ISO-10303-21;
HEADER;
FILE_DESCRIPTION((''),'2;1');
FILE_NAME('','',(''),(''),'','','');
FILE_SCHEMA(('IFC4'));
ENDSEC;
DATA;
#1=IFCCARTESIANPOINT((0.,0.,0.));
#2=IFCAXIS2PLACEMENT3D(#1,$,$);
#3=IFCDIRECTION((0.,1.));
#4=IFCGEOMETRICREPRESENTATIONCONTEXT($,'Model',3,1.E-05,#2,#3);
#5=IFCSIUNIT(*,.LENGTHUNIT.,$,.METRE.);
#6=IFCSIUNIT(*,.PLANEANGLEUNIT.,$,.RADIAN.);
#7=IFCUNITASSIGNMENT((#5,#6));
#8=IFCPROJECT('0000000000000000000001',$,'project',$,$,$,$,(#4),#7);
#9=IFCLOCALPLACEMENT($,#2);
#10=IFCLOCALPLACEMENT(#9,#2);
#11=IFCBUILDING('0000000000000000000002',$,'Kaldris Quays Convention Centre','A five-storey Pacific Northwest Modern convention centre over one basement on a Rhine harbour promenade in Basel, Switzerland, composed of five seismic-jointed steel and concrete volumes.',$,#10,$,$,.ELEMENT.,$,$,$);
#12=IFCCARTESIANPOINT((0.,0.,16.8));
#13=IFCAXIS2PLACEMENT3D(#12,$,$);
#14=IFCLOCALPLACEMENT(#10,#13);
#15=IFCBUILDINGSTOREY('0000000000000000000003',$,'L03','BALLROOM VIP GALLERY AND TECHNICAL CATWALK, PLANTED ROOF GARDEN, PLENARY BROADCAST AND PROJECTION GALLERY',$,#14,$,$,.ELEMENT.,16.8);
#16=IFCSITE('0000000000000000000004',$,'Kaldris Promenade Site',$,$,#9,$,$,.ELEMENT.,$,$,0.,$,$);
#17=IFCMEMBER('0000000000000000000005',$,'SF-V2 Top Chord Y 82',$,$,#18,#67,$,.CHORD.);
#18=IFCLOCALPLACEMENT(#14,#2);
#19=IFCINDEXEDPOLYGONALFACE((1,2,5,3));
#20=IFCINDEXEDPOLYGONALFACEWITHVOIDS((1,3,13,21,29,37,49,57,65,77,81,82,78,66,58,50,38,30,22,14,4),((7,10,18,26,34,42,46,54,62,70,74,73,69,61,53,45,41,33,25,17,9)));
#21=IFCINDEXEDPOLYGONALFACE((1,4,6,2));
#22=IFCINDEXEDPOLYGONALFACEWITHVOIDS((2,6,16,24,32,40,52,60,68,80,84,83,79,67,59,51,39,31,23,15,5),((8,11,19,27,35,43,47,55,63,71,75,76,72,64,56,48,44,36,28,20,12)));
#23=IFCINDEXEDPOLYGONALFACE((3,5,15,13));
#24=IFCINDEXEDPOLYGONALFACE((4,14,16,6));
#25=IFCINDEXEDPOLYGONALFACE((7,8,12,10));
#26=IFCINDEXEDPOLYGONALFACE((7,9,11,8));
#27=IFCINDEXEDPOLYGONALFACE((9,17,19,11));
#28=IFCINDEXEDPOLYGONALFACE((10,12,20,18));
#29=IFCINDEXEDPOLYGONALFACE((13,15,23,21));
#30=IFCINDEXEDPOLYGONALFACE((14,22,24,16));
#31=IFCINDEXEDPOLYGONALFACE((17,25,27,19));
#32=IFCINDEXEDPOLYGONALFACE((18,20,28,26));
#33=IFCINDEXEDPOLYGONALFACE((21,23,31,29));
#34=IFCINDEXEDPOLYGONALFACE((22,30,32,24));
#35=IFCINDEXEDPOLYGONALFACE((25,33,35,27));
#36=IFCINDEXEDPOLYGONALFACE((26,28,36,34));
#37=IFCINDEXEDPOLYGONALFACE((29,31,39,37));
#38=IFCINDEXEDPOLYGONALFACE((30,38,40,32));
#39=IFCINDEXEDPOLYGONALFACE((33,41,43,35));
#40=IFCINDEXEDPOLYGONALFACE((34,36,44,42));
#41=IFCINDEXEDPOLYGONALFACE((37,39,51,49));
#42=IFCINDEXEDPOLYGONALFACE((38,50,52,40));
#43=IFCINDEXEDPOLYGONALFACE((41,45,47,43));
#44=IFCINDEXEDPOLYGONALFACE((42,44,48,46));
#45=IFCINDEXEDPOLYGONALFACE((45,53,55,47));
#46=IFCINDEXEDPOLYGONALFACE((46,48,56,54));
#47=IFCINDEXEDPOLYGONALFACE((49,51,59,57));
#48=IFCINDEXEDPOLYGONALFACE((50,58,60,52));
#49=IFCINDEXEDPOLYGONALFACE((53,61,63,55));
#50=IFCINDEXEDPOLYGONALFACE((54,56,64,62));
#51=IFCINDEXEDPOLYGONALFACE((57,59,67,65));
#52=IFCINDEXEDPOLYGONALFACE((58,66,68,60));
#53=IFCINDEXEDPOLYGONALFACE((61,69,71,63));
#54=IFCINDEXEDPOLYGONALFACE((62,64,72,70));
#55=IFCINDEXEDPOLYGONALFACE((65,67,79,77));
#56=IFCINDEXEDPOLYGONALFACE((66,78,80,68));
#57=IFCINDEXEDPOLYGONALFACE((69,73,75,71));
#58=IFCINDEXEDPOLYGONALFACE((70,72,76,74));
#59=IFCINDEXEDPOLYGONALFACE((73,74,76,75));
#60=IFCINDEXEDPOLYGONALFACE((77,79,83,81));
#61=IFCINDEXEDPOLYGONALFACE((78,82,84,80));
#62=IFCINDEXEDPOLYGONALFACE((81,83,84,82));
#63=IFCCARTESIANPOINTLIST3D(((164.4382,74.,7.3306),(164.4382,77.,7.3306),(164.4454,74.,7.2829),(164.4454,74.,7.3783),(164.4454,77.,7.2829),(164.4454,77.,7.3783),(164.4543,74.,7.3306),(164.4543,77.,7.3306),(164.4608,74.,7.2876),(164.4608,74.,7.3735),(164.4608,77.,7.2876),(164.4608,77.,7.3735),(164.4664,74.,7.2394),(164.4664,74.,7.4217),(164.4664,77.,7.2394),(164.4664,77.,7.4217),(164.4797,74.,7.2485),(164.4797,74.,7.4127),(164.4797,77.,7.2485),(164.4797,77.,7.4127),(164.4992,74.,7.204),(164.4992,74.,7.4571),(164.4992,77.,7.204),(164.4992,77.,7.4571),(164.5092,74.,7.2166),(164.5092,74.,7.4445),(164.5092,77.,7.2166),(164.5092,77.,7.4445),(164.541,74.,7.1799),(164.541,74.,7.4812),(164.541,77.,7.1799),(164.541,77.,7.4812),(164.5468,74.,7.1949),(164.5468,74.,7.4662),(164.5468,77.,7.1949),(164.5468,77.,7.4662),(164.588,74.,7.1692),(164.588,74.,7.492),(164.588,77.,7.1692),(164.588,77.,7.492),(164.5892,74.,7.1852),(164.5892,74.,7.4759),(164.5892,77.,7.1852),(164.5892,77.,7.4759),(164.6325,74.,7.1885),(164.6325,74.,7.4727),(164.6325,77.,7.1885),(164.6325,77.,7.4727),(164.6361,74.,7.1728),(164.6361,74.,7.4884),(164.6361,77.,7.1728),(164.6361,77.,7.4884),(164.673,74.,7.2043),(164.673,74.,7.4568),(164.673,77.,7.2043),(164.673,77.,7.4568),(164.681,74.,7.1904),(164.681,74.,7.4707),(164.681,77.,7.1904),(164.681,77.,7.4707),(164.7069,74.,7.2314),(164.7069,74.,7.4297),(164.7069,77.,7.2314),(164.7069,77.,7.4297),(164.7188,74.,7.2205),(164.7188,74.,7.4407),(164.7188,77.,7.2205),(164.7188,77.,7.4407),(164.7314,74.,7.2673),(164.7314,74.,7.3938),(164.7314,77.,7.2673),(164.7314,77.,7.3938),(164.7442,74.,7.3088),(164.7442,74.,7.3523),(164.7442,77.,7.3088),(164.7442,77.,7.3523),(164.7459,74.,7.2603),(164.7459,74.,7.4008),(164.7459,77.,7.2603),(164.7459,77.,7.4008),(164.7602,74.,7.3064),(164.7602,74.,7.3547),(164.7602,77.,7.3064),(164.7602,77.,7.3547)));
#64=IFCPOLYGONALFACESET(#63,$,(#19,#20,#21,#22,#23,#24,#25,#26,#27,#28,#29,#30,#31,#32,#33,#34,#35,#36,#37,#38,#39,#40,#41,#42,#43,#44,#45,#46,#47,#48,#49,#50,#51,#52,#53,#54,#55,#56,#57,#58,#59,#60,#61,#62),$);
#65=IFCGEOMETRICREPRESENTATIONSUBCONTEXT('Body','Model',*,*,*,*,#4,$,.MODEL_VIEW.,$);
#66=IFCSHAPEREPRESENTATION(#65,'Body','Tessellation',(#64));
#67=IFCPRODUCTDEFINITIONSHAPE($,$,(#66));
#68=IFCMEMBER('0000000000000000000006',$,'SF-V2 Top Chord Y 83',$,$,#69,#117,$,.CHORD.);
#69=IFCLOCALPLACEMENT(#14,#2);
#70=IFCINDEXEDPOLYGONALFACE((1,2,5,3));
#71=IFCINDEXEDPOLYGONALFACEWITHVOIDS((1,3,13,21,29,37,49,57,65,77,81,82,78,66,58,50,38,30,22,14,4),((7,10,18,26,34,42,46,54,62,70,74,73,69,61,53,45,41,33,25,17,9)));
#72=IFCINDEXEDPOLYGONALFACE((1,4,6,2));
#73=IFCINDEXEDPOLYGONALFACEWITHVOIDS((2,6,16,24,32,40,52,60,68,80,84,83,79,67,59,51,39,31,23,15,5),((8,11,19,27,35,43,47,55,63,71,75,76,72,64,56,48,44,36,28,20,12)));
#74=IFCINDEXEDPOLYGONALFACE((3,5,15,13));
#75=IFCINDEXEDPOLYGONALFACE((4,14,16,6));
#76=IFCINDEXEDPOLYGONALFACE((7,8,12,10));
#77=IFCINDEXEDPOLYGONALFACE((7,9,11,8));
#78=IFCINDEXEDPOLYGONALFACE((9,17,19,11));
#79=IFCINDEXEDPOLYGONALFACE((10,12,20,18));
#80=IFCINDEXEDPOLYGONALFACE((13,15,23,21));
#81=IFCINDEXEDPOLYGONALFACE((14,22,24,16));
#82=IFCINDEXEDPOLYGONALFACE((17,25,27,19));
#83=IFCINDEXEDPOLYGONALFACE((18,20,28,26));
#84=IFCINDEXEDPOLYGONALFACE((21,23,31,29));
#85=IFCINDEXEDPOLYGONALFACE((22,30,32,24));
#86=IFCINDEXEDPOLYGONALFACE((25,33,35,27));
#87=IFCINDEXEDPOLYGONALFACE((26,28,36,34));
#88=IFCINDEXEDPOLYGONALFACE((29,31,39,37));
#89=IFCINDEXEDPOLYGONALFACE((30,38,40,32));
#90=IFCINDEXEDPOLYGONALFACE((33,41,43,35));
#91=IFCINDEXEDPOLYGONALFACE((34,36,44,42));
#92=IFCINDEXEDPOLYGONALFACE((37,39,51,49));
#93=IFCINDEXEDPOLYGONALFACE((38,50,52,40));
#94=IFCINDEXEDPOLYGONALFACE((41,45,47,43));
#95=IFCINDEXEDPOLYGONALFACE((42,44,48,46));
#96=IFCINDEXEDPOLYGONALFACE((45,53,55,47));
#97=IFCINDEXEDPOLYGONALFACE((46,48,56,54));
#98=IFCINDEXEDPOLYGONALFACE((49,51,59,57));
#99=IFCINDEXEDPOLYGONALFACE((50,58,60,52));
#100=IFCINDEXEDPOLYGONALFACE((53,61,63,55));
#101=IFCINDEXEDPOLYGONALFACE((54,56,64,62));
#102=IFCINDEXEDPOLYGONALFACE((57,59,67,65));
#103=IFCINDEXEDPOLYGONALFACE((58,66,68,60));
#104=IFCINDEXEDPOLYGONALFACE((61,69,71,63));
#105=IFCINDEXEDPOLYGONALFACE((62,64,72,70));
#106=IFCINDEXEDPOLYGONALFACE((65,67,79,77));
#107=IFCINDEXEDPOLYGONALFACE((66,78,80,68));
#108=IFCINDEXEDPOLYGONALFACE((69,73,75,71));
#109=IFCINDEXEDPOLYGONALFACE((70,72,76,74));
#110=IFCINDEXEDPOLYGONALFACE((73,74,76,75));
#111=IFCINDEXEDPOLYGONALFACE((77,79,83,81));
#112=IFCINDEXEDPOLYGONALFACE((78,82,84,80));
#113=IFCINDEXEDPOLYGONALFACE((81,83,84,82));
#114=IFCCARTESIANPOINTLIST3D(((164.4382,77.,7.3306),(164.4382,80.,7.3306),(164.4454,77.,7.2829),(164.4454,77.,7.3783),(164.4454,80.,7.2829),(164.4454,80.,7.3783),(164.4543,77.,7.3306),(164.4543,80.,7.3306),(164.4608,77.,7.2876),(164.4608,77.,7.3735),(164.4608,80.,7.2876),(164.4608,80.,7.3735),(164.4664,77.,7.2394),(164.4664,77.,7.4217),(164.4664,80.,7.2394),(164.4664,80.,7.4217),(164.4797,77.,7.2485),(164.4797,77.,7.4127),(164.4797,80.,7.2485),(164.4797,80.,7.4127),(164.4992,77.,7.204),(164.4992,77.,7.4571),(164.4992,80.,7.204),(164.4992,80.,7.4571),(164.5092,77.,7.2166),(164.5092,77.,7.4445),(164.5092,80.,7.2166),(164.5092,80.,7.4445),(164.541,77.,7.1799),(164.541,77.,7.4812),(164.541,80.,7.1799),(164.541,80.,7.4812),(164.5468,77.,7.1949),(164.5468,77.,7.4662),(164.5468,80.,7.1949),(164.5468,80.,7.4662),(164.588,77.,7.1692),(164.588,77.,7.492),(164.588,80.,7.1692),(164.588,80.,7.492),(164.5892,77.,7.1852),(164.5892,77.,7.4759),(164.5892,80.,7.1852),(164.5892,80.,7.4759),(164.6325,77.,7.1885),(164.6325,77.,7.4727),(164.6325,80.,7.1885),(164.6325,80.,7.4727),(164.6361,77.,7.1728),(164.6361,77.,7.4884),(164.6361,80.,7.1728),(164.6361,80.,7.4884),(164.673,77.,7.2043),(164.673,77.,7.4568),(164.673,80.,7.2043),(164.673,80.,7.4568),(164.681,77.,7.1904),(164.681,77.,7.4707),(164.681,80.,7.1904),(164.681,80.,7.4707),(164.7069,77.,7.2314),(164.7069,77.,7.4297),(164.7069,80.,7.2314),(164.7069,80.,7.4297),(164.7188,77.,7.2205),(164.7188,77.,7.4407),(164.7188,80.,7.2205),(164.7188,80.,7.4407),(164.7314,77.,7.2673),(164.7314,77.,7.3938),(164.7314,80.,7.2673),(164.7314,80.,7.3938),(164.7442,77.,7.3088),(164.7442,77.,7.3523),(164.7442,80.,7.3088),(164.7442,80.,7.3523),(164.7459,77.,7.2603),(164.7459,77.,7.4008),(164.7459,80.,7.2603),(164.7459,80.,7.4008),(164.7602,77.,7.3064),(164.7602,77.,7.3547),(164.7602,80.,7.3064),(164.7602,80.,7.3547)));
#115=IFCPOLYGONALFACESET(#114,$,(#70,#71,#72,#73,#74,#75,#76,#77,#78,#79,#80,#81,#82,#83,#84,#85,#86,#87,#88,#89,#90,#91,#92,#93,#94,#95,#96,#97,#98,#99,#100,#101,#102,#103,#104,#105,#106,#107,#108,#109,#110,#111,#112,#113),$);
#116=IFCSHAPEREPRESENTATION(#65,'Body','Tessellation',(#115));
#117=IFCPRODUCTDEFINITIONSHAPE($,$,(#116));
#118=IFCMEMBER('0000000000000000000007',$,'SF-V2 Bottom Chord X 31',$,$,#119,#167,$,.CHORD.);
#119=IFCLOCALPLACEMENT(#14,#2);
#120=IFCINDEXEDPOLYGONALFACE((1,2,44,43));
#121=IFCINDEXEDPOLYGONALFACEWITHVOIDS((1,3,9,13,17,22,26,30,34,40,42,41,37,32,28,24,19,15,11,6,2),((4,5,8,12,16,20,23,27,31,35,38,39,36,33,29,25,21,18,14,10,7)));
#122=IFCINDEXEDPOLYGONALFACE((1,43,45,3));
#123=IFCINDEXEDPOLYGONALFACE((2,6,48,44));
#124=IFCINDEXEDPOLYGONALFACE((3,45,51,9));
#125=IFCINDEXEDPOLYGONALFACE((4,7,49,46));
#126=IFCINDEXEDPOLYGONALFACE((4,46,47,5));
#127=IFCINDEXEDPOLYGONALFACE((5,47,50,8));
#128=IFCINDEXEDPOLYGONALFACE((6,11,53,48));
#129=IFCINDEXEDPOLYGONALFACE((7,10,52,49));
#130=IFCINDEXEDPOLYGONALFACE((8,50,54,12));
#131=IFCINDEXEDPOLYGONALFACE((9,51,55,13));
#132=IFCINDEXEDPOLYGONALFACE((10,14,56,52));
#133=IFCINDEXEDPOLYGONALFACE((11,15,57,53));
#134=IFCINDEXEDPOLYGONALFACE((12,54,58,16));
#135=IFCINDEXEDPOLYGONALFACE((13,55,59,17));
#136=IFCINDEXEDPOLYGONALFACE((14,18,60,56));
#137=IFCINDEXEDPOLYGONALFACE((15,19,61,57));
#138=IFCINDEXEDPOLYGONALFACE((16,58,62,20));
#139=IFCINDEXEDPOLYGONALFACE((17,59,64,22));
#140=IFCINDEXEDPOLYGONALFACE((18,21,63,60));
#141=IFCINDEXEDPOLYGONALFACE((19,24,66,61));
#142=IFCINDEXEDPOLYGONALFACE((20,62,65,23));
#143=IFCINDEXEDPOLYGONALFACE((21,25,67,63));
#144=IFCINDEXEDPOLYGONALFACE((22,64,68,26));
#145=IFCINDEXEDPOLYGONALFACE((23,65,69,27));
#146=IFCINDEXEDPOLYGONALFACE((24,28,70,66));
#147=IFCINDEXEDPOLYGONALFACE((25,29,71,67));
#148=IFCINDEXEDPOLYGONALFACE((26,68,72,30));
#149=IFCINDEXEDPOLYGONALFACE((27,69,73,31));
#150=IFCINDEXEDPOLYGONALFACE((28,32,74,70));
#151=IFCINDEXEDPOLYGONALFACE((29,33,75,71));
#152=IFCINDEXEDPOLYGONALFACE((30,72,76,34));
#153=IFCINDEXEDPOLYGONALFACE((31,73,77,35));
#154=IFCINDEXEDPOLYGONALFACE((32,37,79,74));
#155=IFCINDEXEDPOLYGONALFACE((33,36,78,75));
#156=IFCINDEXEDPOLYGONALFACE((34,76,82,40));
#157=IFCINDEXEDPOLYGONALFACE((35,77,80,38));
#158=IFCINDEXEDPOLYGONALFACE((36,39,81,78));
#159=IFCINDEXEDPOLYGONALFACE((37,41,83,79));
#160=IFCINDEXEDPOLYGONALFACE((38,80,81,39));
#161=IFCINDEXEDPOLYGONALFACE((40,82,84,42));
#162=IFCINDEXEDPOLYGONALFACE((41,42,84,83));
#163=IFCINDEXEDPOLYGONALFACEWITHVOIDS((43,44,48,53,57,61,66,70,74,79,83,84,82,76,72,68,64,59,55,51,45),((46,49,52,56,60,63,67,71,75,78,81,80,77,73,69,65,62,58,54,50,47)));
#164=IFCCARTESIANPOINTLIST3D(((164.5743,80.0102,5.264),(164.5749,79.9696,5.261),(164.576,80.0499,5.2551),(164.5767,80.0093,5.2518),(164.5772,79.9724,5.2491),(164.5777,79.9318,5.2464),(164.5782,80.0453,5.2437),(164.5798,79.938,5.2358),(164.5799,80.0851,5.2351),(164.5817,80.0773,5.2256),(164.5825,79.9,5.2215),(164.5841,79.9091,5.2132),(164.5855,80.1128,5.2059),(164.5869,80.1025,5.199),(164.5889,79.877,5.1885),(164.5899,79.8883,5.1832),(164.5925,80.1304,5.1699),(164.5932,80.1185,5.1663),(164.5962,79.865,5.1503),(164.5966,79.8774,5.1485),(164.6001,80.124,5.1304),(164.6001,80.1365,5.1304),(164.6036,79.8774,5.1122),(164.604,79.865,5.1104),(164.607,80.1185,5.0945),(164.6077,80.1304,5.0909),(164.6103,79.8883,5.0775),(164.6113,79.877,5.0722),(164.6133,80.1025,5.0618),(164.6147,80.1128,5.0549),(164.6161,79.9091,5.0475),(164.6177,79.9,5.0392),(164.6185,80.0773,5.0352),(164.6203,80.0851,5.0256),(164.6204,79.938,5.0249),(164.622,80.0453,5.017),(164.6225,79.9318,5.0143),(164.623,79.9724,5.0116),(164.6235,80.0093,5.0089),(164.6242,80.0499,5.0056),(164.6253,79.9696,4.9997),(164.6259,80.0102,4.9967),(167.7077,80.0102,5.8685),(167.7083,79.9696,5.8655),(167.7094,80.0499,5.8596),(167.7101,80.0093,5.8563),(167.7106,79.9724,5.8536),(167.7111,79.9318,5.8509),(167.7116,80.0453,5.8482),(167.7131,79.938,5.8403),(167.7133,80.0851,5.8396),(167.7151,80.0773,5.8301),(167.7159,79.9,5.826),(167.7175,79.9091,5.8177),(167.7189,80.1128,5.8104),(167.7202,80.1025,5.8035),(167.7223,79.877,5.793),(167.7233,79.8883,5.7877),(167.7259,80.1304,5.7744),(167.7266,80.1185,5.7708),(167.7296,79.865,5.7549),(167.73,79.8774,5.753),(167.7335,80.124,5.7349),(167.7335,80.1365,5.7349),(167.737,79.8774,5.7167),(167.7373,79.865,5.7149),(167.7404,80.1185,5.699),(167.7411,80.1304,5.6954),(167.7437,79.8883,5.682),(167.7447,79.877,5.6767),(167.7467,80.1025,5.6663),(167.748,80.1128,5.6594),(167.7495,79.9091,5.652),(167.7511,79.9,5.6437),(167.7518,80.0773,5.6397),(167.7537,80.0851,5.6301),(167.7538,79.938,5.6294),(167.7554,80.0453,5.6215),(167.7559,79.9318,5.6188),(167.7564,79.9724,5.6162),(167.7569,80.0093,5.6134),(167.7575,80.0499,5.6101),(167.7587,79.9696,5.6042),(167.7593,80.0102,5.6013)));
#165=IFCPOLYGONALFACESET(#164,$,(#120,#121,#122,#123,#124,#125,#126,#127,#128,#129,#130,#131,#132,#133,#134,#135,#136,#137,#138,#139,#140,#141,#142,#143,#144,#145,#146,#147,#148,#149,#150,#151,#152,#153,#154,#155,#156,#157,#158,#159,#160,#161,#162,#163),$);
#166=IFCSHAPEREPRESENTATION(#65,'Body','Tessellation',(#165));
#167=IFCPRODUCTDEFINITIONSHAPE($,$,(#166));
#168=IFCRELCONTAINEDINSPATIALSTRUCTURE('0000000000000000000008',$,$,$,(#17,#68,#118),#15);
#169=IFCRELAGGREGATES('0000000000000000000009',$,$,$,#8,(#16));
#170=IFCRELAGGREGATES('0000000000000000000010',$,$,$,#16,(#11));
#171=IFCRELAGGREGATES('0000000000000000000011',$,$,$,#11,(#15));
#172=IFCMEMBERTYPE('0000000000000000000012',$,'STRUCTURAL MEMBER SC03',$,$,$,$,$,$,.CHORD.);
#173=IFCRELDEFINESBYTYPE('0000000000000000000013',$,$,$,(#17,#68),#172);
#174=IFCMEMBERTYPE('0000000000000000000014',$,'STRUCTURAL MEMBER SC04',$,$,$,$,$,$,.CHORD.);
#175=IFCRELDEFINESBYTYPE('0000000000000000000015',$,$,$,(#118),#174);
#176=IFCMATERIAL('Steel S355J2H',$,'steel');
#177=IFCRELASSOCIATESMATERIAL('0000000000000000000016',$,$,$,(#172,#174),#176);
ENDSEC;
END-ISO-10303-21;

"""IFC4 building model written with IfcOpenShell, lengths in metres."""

from ifc_helpers import new_model, si_unit, direction, frame, origin, origin_2d, place, context, subcontext, project, spatial, hollow_circle, extrude, material, material_profile, profile_set, type_object, element, save


model = new_model("IFC4")

# Units and contexts
model_context = context("Model", 3, precision=1e-05, world=origin(), true_north=direction((0.0, 1.0)))
body_context = subcontext(model_context, "Body", "Model", "MODEL_VIEW")
ifc_project = project(units=[si_unit("LENGTHUNIT", "METRE"), si_unit("PLANEANGLEUNIT", "RADIAN")], contexts=[model_context])

# Site, building, storey
site_placement = place(None, origin())
site = spatial("IfcSite", under=ifc_project, at=site_placement, Name="Kaldris Promenade Site", CompositionType="ELEMENT", RefElevation=0.0)
building_placement = place(site_placement, origin())
building = spatial("IfcBuilding", under=site, at=building_placement, Name="Kaldris Quays Convention Centre", Description="A five-storey Pacific Northwest Modern convention centre over one basement on a Rhine harbour promenade in Basel, Switzerland, composed of five seismic-jointed steel and concrete volumes.", CompositionType="ELEMENT")
storey_placement = place(building_placement, frame((0.0, 0.0, 16.8)))
storey = spatial("IfcBuildingStorey", under=building, at=storey_placement, Name="L03", Description="BALLROOM VIP GALLERY AND TECHNICAL CATWALK, PLANTED ROOF GARDEN, PLENARY BROADCAST AND PROJECTION GALLERY", CompositionType="ELEMENT", Elevation=16.8)

# Members
ifc_material_1 = material(Name="Steel S355J2H", Category="steel")
ifc_material_profile_1 = material_profile(ifc_material_1, hollow_circle(Radius=0.1619, WallThickness=0.0161, at=origin_2d()), Name="CHS 323.9x16")
ifc_profile_set_1 = profile_set([ifc_material_profile_1], Name="Steel S355J2H")
member_type_1 = type_object("IfcMemberType", Name="STRUCTURAL MEMBER SC03", PredefinedType="CHORD", material=ifc_profile_set_1)
for number, where, z_axis, x_axis, name in (
    (1, (164.6001, 74.0, 7.3306), (0.0, 1.0, 0.0), (-1.0, 0.0, 0.0), "SF-V2 Top Chord Y 82"),
    (2, (164.6001, 77.0, 7.3306), (0.0, 1.0, 0.0), (-1.0, 0.0, 0.0), "SF-V2 Top Chord Y 83"),
):
    element("IfcMember", number, at=place(storey_placement, frame(where, z_axis=z_axis, x_axis=x_axis)), inside=storey, type_object=member_type_1, Name=name, PredefinedType="CHORD", context=body_context, shape_type="SweptSolid", body=[
        extrude(hollow_circle(Radius=0.1619, WallThickness=0.0161, at=origin_2d()), origin(), (0.0, 0.0, 1.0), 3.0),
    ])
ifc_material_profile_2 = material_profile(ifc_material_1, hollow_circle(Radius=0.1365, WallThickness=0.0125, at=origin_2d()), Name="CHS 273x12.5")
ifc_profile_set_2 = profile_set([ifc_material_profile_2], Name="Steel S355J2H")
member_type_2 = type_object("IfcMemberType", Name="STRUCTURAL MEMBER SC04", PredefinedType="CHORD", material=ifc_profile_set_2)
member_1_placement = place(storey_placement, frame((164.6001, 80.0, 5.1304), z_axis=(0.981894, 0.0, 0.189432), x_axis=(0.0, 1.0, 0.0)))
element("IfcMember", 3, at=member_1_placement, inside=storey, type_object=member_type_2, Name="SF-V2 Bottom Chord X 31", PredefinedType="CHORD", context=body_context, shape_type="SweptSolid", body=[
    extrude(hollow_circle(Radius=0.1365, WallThickness=0.0125, at=origin_2d()), origin(), (0.0, 0.0, 1.0), 3.1912),
])

save(model, "model.ifc")
